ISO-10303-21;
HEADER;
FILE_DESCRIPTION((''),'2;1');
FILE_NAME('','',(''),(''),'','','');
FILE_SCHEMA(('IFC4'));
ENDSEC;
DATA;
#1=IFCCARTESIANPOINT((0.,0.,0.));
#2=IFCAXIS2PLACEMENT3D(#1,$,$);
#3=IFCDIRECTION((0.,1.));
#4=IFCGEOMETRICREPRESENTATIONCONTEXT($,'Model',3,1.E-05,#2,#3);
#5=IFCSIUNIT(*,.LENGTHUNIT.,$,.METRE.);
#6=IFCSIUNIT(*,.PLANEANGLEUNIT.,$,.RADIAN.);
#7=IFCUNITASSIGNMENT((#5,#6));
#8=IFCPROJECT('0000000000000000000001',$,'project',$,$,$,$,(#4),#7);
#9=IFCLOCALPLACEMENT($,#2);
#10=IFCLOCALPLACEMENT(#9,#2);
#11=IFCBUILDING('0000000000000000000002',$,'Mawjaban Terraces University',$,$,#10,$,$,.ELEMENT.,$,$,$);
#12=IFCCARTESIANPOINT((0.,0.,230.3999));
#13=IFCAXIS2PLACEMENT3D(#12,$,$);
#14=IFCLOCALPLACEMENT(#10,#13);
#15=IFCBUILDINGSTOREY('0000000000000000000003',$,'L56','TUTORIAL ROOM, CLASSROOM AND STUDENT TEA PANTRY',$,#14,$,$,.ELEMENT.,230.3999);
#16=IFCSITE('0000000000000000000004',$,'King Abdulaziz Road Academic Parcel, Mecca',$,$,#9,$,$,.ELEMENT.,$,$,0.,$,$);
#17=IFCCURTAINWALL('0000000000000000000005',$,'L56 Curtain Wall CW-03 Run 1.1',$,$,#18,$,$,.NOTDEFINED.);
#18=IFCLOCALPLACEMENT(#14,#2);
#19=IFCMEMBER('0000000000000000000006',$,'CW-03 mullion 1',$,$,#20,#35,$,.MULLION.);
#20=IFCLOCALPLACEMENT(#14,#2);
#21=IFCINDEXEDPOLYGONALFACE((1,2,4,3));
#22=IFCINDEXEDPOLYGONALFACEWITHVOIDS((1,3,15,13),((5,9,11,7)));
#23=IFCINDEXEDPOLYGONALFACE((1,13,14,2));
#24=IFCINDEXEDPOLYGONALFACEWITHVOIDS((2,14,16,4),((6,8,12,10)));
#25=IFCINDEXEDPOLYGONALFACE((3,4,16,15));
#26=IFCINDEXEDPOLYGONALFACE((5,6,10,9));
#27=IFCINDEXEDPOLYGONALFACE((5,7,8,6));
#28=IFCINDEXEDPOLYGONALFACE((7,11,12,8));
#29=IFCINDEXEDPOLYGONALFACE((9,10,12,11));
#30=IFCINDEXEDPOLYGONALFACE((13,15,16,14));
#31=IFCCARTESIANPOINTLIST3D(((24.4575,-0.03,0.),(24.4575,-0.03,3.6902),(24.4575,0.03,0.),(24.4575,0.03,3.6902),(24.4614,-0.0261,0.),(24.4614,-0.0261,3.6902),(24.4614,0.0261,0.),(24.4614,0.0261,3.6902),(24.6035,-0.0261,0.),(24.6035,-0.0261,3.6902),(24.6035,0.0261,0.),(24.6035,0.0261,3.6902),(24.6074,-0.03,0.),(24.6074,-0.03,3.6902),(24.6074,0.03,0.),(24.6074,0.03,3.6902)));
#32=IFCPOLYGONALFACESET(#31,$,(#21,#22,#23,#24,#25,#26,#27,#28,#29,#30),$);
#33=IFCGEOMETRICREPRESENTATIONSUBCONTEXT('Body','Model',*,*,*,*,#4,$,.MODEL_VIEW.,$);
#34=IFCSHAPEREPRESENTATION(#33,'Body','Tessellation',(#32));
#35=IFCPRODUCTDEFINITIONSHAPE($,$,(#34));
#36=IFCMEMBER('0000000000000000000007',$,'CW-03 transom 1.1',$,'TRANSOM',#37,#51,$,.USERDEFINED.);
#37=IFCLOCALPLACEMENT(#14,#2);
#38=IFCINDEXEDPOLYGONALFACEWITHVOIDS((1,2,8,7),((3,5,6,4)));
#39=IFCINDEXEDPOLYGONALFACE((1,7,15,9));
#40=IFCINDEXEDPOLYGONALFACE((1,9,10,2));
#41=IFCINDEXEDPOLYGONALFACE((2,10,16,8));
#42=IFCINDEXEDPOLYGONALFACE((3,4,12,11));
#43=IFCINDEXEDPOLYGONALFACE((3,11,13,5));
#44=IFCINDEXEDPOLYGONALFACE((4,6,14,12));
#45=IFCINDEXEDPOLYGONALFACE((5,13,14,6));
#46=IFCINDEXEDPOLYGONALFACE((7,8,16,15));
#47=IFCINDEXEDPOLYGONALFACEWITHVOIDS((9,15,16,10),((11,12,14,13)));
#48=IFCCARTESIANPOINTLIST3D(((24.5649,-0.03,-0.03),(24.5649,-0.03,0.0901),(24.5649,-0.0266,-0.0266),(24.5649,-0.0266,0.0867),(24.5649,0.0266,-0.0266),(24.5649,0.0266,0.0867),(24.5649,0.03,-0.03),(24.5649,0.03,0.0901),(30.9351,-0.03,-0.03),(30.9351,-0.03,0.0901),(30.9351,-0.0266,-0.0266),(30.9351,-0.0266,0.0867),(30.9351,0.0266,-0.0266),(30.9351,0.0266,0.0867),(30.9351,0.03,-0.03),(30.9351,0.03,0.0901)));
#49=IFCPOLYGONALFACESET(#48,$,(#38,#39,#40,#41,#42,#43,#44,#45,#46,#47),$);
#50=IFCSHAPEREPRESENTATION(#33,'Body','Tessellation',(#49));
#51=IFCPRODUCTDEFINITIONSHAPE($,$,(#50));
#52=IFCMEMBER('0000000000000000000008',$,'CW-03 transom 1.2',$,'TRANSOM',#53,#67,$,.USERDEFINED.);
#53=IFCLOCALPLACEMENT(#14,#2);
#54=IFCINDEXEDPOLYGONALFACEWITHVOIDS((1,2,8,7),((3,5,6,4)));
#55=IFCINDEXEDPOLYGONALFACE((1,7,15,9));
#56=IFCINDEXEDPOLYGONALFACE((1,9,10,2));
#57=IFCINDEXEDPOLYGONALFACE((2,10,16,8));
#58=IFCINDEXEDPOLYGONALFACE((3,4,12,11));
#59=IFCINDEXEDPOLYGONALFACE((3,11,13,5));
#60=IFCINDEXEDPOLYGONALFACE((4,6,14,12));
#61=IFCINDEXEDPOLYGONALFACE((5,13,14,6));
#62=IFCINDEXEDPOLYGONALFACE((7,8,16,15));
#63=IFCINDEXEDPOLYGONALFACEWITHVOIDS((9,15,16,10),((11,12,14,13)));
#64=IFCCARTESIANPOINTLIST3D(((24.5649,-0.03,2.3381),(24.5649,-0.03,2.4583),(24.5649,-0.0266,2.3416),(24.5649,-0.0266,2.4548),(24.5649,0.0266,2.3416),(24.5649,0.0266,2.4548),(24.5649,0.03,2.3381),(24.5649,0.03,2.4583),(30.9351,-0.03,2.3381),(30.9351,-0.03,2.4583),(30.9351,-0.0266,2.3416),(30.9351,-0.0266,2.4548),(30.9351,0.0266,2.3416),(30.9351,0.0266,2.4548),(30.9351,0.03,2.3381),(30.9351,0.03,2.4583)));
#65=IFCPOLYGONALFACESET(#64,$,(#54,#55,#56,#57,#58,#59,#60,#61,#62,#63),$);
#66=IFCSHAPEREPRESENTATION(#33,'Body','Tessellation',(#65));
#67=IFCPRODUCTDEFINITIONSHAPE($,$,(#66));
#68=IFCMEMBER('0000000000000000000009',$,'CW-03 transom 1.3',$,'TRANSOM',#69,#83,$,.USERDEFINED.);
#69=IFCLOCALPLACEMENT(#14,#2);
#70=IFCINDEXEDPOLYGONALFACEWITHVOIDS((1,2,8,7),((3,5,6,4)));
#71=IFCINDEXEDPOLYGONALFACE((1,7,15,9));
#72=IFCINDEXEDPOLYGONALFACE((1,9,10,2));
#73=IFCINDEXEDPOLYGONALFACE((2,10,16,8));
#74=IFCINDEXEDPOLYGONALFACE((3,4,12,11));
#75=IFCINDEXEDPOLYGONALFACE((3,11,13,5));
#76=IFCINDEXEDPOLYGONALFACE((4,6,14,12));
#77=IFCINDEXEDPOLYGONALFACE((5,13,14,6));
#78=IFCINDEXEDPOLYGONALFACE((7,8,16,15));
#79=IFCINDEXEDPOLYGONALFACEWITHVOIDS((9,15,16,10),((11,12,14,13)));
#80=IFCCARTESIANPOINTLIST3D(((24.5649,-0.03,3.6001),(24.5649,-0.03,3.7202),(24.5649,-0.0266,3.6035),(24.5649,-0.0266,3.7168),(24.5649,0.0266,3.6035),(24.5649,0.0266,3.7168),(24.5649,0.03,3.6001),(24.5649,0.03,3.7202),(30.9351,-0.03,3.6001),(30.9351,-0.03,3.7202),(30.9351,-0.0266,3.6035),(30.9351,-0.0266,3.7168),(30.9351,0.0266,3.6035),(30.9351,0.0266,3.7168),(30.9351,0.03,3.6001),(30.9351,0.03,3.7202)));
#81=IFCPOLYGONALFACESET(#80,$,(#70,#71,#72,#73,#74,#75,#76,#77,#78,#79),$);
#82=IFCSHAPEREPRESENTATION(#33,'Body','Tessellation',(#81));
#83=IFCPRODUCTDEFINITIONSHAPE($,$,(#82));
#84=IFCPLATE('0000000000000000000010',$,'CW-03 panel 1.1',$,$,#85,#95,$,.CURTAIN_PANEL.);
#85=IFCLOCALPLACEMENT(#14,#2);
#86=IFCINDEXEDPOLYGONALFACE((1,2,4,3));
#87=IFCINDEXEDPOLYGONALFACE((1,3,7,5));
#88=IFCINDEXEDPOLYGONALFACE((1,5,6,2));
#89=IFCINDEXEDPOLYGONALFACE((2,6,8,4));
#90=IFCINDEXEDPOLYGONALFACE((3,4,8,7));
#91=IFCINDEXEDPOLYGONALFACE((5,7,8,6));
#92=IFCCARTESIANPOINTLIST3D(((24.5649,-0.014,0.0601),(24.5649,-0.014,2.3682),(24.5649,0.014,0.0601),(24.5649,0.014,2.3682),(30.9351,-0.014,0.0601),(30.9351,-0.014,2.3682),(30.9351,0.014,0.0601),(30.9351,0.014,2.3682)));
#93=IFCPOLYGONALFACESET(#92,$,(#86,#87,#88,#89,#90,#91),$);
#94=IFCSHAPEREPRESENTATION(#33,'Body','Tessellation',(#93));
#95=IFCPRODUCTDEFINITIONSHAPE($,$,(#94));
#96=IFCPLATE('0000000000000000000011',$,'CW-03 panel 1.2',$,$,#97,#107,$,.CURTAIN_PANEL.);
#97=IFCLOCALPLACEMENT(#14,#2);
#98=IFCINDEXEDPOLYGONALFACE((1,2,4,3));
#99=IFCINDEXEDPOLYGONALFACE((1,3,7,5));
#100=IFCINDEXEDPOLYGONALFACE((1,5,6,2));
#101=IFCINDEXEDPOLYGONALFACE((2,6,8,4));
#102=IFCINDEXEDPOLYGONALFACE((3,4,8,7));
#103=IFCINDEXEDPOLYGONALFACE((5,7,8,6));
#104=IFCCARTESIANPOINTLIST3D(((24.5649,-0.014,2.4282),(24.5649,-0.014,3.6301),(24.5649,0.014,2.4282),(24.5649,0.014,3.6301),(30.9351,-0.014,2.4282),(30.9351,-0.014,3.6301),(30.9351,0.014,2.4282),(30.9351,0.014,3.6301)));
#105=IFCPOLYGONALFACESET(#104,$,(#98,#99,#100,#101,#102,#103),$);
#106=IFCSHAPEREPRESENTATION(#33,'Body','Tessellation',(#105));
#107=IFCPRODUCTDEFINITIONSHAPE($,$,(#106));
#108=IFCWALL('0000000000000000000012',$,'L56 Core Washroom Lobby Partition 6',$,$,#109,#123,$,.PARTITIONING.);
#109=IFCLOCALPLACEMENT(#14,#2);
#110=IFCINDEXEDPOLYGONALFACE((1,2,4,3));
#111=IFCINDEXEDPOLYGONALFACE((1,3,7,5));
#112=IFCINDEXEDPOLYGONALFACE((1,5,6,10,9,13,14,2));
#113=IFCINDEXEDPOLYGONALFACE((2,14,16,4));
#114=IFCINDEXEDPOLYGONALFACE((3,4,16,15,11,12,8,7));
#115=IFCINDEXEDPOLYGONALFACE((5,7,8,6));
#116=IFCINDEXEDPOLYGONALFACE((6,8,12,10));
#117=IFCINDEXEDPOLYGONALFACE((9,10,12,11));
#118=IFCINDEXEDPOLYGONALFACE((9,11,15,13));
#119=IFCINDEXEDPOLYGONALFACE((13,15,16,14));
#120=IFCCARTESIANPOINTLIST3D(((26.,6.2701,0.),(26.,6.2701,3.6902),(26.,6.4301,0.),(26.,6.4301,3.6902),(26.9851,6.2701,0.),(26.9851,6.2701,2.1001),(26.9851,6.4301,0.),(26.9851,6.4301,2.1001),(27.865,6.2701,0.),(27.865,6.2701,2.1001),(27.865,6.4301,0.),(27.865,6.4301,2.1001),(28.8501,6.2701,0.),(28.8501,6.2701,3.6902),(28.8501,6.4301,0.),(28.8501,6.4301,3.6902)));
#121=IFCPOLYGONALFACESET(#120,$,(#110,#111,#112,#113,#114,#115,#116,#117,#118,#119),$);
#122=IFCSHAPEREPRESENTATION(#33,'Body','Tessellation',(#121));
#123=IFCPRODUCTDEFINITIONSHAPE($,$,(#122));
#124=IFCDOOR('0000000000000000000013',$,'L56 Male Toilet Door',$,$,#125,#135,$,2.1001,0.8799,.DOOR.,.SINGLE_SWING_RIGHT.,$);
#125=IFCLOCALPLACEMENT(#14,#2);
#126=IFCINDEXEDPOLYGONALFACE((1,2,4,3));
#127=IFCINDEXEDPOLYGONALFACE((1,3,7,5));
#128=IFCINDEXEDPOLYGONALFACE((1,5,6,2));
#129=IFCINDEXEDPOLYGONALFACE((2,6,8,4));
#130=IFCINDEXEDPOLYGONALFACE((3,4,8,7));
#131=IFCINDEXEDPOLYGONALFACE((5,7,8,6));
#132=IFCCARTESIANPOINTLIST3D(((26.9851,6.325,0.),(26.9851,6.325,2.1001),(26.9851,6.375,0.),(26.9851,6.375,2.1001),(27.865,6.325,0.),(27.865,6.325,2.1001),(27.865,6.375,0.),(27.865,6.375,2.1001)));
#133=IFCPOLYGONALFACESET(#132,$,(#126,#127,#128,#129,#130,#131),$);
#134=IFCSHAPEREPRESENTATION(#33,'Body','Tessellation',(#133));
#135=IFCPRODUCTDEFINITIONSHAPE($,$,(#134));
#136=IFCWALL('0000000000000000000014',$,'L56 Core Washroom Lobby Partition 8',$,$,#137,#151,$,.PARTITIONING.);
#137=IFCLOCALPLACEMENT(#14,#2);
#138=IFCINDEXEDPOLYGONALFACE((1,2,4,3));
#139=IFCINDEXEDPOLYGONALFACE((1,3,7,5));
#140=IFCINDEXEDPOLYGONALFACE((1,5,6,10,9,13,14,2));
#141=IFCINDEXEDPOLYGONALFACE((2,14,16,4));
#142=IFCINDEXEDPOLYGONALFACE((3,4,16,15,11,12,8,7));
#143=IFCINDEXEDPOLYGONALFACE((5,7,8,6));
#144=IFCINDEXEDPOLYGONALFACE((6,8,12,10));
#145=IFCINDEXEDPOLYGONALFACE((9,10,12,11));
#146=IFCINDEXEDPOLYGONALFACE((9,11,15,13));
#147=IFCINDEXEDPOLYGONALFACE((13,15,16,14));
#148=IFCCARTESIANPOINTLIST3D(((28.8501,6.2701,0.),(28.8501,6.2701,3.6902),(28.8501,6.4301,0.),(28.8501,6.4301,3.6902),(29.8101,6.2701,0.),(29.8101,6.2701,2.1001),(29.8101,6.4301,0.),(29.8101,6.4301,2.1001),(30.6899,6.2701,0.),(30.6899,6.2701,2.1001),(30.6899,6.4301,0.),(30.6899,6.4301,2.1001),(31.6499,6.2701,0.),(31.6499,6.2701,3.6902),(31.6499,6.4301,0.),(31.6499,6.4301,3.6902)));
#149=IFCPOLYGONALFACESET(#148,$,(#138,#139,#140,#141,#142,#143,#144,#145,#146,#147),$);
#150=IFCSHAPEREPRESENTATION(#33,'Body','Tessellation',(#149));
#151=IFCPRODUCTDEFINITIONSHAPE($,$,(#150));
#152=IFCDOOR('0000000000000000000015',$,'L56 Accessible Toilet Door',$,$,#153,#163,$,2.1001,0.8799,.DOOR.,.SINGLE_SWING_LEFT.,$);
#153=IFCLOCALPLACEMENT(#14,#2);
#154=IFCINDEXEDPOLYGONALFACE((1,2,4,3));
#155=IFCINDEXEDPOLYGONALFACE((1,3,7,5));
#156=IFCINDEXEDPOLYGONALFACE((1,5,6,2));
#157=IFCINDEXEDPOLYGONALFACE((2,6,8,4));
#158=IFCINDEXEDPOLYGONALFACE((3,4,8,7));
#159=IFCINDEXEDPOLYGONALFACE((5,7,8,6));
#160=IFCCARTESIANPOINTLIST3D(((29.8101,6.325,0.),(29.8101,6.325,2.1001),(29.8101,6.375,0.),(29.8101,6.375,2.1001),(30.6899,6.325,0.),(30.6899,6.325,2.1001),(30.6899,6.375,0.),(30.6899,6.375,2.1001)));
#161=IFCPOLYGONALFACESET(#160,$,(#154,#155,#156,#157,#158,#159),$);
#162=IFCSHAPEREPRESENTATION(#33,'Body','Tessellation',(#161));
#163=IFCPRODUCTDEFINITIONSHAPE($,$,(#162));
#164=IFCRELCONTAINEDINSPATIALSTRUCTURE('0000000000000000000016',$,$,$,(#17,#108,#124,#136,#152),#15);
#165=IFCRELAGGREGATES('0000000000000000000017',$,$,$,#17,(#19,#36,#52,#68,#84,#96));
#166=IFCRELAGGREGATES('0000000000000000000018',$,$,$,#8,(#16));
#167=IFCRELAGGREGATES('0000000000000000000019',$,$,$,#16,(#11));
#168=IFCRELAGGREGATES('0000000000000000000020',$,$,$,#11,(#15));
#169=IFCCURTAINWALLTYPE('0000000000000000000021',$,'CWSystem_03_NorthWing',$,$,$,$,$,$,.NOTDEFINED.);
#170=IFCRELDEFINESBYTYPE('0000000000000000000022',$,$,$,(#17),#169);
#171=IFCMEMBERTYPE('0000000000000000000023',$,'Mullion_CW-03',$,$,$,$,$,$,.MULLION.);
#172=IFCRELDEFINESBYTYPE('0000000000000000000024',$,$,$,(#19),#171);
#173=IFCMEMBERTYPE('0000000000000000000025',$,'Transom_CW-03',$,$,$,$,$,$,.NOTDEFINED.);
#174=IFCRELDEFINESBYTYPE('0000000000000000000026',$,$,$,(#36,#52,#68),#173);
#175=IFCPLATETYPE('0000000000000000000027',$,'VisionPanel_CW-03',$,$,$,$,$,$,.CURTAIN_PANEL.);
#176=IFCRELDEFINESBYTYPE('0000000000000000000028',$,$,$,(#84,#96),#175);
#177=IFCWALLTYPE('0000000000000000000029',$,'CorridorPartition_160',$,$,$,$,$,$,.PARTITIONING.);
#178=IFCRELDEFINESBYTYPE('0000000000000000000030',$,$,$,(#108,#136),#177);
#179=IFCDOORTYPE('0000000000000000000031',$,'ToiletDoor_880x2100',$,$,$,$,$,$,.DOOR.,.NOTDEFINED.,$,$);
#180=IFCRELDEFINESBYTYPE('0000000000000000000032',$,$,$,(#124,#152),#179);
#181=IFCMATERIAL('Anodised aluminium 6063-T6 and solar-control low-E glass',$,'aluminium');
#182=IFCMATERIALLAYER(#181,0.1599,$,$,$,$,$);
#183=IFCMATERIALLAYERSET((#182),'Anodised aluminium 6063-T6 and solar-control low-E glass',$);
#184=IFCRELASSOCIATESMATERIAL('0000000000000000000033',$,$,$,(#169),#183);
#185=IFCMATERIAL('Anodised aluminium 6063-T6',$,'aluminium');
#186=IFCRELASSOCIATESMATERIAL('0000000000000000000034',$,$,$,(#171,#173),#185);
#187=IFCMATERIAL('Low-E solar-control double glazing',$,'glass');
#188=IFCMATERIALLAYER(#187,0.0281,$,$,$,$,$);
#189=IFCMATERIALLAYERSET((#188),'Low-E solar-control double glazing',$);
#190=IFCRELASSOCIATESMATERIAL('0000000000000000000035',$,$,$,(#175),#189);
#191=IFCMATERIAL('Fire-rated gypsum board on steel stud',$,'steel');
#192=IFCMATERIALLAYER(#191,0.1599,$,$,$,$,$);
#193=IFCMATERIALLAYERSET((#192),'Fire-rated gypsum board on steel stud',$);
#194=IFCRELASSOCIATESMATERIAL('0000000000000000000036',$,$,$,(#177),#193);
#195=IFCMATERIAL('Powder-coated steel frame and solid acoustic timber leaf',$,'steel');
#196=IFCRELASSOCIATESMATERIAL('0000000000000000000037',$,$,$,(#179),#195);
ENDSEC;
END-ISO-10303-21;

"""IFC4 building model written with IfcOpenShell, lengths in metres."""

from ifc_helpers import new_model, si_unit, direction, frame, frame_2d, origin, origin_2d, place, context, subcontext, project, spatial, rectangle, hollow_rectangle, extrude, material, layer, layer_set, material_profile, profile_set, type_object, element, fill, aggregate, save


model = new_model("IFC4")

# Units and contexts
model_context = context("Model", 3, precision=1e-05, world=origin(), true_north=direction((0.0, 1.0)))
body_context = subcontext(model_context, "Body", "Model", "MODEL_VIEW")
ifc_project = project(units=[si_unit("LENGTHUNIT", "METRE"), si_unit("PLANEANGLEUNIT", "RADIAN")], contexts=[model_context])

# Site, building, storey
site_placement = place(None, origin())
site = spatial("IfcSite", under=ifc_project, at=site_placement, Name="King Abdulaziz Road Academic Parcel, Mecca", CompositionType="ELEMENT", RefElevation=0.0)
building_placement = place(site_placement, origin())
building = spatial("IfcBuilding", under=site, at=building_placement, Name="Mawjaban Terraces University", CompositionType="ELEMENT")
storey_placement = place(building_placement, frame((0.0, 0.0, 230.3999)))
storey = spatial("IfcBuildingStorey", under=building, at=storey_placement, Name="L56", Description="TUTORIAL ROOM, CLASSROOM AND STUDENT TEA PANTRY", CompositionType="ELEMENT", Elevation=230.3999)

# Curtain wall, members, plates
ifc_material_1 = material(Name="Anodised aluminium 6063-T6 and solar-control low-E glass", Category="aluminium")
ifc_layer_1 = layer(ifc_material_1, 0.1599)
ifc_layer_set_1 = layer_set([ifc_layer_1], Name="Anodised aluminium 6063-T6 and solar-control low-E glass")
curtain_wall_type = type_object("IfcCurtainWallType", Name="CWSystem_03_NorthWing", PredefinedType="NOTDEFINED", material=ifc_layer_set_1)
curtain_wall_placement = place(storey_placement, origin())
curtain_wall = element("IfcCurtainWall", 1, at=curtain_wall_placement, inside=storey, type_object=curtain_wall_type, Name="L56 Curtain Wall CW-03 Run 1.1", PredefinedType="NOTDEFINED")
ifc_material_2 = material(Name="Anodised aluminium 6063-T6", Category="aluminium")
ifc_material_profile_1 = material_profile(ifc_material_2, hollow_rectangle(XDim=0.0601, YDim=0.1499, WallThickness=0.0039, at=origin_2d()), Name="ALU150X60X4")
ifc_profile_set_1 = profile_set([ifc_material_profile_1], Name="Anodised aluminium 6063-T6")
member_type_1 = type_object("IfcMemberType", Name="Mullion_CW-03", PredefinedType="MULLION", material=ifc_profile_set_1)
member_1_placement = place(storey_placement, frame((24.5325, 0.0, 0.0), z_axis=(0.0, 0.0, 1.0), x_axis=(0.0, 1.0, 0.0)))
member_1 = element("IfcMember", 2, at=member_1_placement, type_object=member_type_1, Name="CW-03 mullion 1", PredefinedType="MULLION", context=body_context, shape_type="SweptSolid", body=[
    extrude(hollow_rectangle(XDim=0.0601, YDim=0.1499, WallThickness=0.0039, at=origin_2d()), origin(), (0.0, 0.0, 1.0), 3.6902),
])
ifc_material_profile_2 = material_profile(ifc_material_2, hollow_rectangle(XDim=0.0601, YDim=0.1201, WallThickness=0.0034, at=origin_2d()), Name="ALU120X60X3.5")
ifc_profile_set_2 = profile_set([ifc_material_profile_2], Name="Anodised aluminium 6063-T6")
member_type_2 = type_object("IfcMemberType", Name="Transom_CW-03", PredefinedType="NOTDEFINED", material=ifc_profile_set_2)
member_2_placement = place(storey_placement, frame((24.5649, 0.0, 0.03), z_axis=(1.0, 0.0, 0.0), x_axis=(0.0, 1.0, 0.0)))
member_2 = element("IfcMember", 3, at=member_2_placement, type_object=member_type_2, Name="CW-03 transom 1.1", ObjectType="TRANSOM", PredefinedType="USERDEFINED", context=body_context, shape_type="SweptSolid", body=[
    extrude(hollow_rectangle(XDim=0.0601, YDim=0.1201, WallThickness=0.0034, at=origin_2d()), origin(), (0.0, 0.0, 1.0), 6.3701),
])
member_3_placement = place(storey_placement, frame((24.5649, 0.0, 2.3982), z_axis=(1.0, 0.0, 0.0), x_axis=(0.0, 1.0, 0.0)))
member_3 = element("IfcMember", 4, at=member_3_placement, type_object=member_type_2, Name="CW-03 transom 1.2", ObjectType="TRANSOM", PredefinedType="USERDEFINED", context=body_context, shape_type="SweptSolid", body=[
    extrude(hollow_rectangle(XDim=0.0601, YDim=0.1201, WallThickness=0.0034, at=origin_2d()), origin(), (0.0, 0.0, 1.0), 6.3701),
])
member_4_placement = place(storey_placement, frame((24.5649, 0.0, 3.6602), z_axis=(1.0, 0.0, 0.0), x_axis=(0.0, 1.0, 0.0)))
member_4 = element("IfcMember", 5, at=member_4_placement, type_object=member_type_2, Name="CW-03 transom 1.3", ObjectType="TRANSOM", PredefinedType="USERDEFINED", context=body_context, shape_type="SweptSolid", body=[
    extrude(hollow_rectangle(XDim=0.0601, YDim=0.1201, WallThickness=0.0034, at=origin_2d()), origin(), (0.0, 0.0, 1.0), 6.3701),
])
ifc_material_3 = material(Name="Low-E solar-control double glazing", Category="glass")
ifc_layer_2 = layer(ifc_material_3, 0.0281)
ifc_layer_set_2 = layer_set([ifc_layer_2], Name="Low-E solar-control double glazing")
plate_type = type_object("IfcPlateType", Name="VisionPanel_CW-03", PredefinedType="CURTAIN_PANEL", material=ifc_layer_set_2)
plate_1_placement = place(storey_placement, frame((27.75, 0.0, 0.0601), z_axis=(0.0, 0.0, 1.0), x_axis=(1.0, 0.0, 0.0)))
plate_1 = element("IfcPlate", 6, at=plate_1_placement, type_object=plate_type, Name="CW-03 panel 1.1", PredefinedType="CURTAIN_PANEL", context=body_context, shape_type="SweptSolid", body=[
    extrude(rectangle(XDim=6.3701, YDim=0.0281, at=origin_2d()), origin(), (0.0, 0.0, 1.0), 2.3081),
])
plate_2_placement = place(storey_placement, frame((27.75, 0.0, 2.4282), z_axis=(0.0, 0.0, 1.0), x_axis=(1.0, 0.0, 0.0)))
plate_2 = element("IfcPlate", 7, at=plate_2_placement, type_object=plate_type, Name="CW-03 panel 1.2", PredefinedType="CURTAIN_PANEL", context=body_context, shape_type="SweptSolid", body=[
    extrude(rectangle(XDim=6.3701, YDim=0.0281, at=origin_2d()), origin(), (0.0, 0.0, 1.0), 1.2019),
])
aggregate(curtain_wall, [member_1, member_2, member_3, member_4, plate_1, plate_2])

# Walls, openings, doors
ifc_material_4 = material(Name="Fire-rated gypsum board on steel stud", Category="steel")
ifc_layer_3 = layer(ifc_material_4, 0.1599)
ifc_layer_set_3 = layer_set([ifc_layer_3], Name="Fire-rated gypsum board on steel stud")
wall_type_1 = type_object("IfcWallType", Name="CorridorPartition_160", PredefinedType="PARTITIONING", material=ifc_layer_set_3)
wall_1_placement = place(storey_placement, frame((26.0, 6.3501, 0.0), z_axis=(0.0, 0.0, 1.0), x_axis=(1.0, 0.0, 0.0)))
wall_1 = element("IfcWall", 8, at=wall_1_placement, inside=storey, type_object=wall_type_1, Name="L56 Core Washroom Lobby Partition 6", PredefinedType="PARTITIONING", context=body_context, shape_type="SweptSolid", body=[
    extrude(rectangle(XDim=2.8501, YDim=0.1599, at=frame_2d((1.425, 0.0))), origin(), (0.0, 0.0, 1.0), 3.6902),
])
opening_1_placement = place(wall_1_placement, frame((0.9851, 0.0, 0.0)))
opening_1 = element("IfcOpeningElement", 9, at=opening_1_placement, cuts=wall_1, PredefinedType="OPENING", context=body_context, shape_type="SweptSolid", body=[
    extrude(rectangle(XDim=0.8799, YDim=2.1001, at=frame_2d((0.4399, 1.05))), frame((0.0, 0.0898, 0.0), z_axis=(0.0, -1.0, 0.0), x_axis=(1.0, 0.0, 0.0)), (0.0, 0.0, 1.0), 0.1799),
])
ifc_material_5 = material(Name="Powder-coated steel frame and solid acoustic timber leaf", Category="steel")
door_type = type_object("IfcDoorType", Name="ToiletDoor_880x2100", OperationType="NOTDEFINED", PredefinedType="DOOR", material=ifc_material_5)
door_1_placement = place(opening_1_placement, origin())
door_1 = element("IfcDoor", 10, at=door_1_placement, inside=storey, type_object=door_type, Name="L56 Male Toilet Door", OperationType="SINGLE_SWING_RIGHT", OverallHeight=2.1001, OverallWidth=0.8799, PredefinedType="DOOR", context=body_context, shape_type="SweptSolid", body=[
    extrude(rectangle(XDim=0.8799, YDim=2.1001, at=frame_2d((0.4399, 1.05))), frame((0.0, 0.0249, 0.0), z_axis=(0.0, -1.0, 0.0), x_axis=(1.0, 0.0, 0.0)), (0.0, 0.0, 1.0), 0.05),
])
fill(opening_1, door_1)
wall_2_placement = place(storey_placement, frame((28.8501, 6.3501, 0.0), z_axis=(0.0, 0.0, 1.0), x_axis=(1.0, 0.0, 0.0)))
wall_2 = element("IfcWall", 11, at=wall_2_placement, inside=storey, type_object=wall_type_1, Name="L56 Core Washroom Lobby Partition 8", PredefinedType="PARTITIONING", context=body_context, shape_type="SweptSolid", body=[
    extrude(rectangle(XDim=2.7998, YDim=0.1599, at=frame_2d((1.3999, 0.0))), origin(), (0.0, 0.0, 1.0), 3.6902),
])
opening_2_placement = place(wall_2_placement, frame((0.96, 0.0, 0.0)))
opening_2 = element("IfcOpeningElement", 12, at=opening_2_placement, cuts=wall_2, PredefinedType="OPENING", context=body_context, shape_type="SweptSolid", body=[
    extrude(rectangle(XDim=0.8799, YDim=2.1001, at=frame_2d((0.4399, 1.05))), frame((0.0, 0.0898, 0.0), z_axis=(0.0, -1.0, 0.0), x_axis=(1.0, 0.0, 0.0)), (0.0, 0.0, 1.0), 0.1799),
])
door_2_placement = place(opening_2_placement, origin())
door_2 = element("IfcDoor", 13, at=door_2_placement, inside=storey, type_object=door_type, Name="L56 Accessible Toilet Door", OperationType="SINGLE_SWING_LEFT", OverallHeight=2.1001, OverallWidth=0.8799, PredefinedType="DOOR", context=body_context, shape_type="SweptSolid", body=[
    extrude(rectangle(XDim=0.8799, YDim=2.1001, at=frame_2d((0.4399, 1.05))), frame((0.0, 0.0249, 0.0), z_axis=(0.0, -1.0, 0.0), x_axis=(1.0, 0.0, 0.0)), (0.0, 0.0, 1.0), 0.05),
])
fill(opening_2, door_2)

save(model, "model.ifc")
